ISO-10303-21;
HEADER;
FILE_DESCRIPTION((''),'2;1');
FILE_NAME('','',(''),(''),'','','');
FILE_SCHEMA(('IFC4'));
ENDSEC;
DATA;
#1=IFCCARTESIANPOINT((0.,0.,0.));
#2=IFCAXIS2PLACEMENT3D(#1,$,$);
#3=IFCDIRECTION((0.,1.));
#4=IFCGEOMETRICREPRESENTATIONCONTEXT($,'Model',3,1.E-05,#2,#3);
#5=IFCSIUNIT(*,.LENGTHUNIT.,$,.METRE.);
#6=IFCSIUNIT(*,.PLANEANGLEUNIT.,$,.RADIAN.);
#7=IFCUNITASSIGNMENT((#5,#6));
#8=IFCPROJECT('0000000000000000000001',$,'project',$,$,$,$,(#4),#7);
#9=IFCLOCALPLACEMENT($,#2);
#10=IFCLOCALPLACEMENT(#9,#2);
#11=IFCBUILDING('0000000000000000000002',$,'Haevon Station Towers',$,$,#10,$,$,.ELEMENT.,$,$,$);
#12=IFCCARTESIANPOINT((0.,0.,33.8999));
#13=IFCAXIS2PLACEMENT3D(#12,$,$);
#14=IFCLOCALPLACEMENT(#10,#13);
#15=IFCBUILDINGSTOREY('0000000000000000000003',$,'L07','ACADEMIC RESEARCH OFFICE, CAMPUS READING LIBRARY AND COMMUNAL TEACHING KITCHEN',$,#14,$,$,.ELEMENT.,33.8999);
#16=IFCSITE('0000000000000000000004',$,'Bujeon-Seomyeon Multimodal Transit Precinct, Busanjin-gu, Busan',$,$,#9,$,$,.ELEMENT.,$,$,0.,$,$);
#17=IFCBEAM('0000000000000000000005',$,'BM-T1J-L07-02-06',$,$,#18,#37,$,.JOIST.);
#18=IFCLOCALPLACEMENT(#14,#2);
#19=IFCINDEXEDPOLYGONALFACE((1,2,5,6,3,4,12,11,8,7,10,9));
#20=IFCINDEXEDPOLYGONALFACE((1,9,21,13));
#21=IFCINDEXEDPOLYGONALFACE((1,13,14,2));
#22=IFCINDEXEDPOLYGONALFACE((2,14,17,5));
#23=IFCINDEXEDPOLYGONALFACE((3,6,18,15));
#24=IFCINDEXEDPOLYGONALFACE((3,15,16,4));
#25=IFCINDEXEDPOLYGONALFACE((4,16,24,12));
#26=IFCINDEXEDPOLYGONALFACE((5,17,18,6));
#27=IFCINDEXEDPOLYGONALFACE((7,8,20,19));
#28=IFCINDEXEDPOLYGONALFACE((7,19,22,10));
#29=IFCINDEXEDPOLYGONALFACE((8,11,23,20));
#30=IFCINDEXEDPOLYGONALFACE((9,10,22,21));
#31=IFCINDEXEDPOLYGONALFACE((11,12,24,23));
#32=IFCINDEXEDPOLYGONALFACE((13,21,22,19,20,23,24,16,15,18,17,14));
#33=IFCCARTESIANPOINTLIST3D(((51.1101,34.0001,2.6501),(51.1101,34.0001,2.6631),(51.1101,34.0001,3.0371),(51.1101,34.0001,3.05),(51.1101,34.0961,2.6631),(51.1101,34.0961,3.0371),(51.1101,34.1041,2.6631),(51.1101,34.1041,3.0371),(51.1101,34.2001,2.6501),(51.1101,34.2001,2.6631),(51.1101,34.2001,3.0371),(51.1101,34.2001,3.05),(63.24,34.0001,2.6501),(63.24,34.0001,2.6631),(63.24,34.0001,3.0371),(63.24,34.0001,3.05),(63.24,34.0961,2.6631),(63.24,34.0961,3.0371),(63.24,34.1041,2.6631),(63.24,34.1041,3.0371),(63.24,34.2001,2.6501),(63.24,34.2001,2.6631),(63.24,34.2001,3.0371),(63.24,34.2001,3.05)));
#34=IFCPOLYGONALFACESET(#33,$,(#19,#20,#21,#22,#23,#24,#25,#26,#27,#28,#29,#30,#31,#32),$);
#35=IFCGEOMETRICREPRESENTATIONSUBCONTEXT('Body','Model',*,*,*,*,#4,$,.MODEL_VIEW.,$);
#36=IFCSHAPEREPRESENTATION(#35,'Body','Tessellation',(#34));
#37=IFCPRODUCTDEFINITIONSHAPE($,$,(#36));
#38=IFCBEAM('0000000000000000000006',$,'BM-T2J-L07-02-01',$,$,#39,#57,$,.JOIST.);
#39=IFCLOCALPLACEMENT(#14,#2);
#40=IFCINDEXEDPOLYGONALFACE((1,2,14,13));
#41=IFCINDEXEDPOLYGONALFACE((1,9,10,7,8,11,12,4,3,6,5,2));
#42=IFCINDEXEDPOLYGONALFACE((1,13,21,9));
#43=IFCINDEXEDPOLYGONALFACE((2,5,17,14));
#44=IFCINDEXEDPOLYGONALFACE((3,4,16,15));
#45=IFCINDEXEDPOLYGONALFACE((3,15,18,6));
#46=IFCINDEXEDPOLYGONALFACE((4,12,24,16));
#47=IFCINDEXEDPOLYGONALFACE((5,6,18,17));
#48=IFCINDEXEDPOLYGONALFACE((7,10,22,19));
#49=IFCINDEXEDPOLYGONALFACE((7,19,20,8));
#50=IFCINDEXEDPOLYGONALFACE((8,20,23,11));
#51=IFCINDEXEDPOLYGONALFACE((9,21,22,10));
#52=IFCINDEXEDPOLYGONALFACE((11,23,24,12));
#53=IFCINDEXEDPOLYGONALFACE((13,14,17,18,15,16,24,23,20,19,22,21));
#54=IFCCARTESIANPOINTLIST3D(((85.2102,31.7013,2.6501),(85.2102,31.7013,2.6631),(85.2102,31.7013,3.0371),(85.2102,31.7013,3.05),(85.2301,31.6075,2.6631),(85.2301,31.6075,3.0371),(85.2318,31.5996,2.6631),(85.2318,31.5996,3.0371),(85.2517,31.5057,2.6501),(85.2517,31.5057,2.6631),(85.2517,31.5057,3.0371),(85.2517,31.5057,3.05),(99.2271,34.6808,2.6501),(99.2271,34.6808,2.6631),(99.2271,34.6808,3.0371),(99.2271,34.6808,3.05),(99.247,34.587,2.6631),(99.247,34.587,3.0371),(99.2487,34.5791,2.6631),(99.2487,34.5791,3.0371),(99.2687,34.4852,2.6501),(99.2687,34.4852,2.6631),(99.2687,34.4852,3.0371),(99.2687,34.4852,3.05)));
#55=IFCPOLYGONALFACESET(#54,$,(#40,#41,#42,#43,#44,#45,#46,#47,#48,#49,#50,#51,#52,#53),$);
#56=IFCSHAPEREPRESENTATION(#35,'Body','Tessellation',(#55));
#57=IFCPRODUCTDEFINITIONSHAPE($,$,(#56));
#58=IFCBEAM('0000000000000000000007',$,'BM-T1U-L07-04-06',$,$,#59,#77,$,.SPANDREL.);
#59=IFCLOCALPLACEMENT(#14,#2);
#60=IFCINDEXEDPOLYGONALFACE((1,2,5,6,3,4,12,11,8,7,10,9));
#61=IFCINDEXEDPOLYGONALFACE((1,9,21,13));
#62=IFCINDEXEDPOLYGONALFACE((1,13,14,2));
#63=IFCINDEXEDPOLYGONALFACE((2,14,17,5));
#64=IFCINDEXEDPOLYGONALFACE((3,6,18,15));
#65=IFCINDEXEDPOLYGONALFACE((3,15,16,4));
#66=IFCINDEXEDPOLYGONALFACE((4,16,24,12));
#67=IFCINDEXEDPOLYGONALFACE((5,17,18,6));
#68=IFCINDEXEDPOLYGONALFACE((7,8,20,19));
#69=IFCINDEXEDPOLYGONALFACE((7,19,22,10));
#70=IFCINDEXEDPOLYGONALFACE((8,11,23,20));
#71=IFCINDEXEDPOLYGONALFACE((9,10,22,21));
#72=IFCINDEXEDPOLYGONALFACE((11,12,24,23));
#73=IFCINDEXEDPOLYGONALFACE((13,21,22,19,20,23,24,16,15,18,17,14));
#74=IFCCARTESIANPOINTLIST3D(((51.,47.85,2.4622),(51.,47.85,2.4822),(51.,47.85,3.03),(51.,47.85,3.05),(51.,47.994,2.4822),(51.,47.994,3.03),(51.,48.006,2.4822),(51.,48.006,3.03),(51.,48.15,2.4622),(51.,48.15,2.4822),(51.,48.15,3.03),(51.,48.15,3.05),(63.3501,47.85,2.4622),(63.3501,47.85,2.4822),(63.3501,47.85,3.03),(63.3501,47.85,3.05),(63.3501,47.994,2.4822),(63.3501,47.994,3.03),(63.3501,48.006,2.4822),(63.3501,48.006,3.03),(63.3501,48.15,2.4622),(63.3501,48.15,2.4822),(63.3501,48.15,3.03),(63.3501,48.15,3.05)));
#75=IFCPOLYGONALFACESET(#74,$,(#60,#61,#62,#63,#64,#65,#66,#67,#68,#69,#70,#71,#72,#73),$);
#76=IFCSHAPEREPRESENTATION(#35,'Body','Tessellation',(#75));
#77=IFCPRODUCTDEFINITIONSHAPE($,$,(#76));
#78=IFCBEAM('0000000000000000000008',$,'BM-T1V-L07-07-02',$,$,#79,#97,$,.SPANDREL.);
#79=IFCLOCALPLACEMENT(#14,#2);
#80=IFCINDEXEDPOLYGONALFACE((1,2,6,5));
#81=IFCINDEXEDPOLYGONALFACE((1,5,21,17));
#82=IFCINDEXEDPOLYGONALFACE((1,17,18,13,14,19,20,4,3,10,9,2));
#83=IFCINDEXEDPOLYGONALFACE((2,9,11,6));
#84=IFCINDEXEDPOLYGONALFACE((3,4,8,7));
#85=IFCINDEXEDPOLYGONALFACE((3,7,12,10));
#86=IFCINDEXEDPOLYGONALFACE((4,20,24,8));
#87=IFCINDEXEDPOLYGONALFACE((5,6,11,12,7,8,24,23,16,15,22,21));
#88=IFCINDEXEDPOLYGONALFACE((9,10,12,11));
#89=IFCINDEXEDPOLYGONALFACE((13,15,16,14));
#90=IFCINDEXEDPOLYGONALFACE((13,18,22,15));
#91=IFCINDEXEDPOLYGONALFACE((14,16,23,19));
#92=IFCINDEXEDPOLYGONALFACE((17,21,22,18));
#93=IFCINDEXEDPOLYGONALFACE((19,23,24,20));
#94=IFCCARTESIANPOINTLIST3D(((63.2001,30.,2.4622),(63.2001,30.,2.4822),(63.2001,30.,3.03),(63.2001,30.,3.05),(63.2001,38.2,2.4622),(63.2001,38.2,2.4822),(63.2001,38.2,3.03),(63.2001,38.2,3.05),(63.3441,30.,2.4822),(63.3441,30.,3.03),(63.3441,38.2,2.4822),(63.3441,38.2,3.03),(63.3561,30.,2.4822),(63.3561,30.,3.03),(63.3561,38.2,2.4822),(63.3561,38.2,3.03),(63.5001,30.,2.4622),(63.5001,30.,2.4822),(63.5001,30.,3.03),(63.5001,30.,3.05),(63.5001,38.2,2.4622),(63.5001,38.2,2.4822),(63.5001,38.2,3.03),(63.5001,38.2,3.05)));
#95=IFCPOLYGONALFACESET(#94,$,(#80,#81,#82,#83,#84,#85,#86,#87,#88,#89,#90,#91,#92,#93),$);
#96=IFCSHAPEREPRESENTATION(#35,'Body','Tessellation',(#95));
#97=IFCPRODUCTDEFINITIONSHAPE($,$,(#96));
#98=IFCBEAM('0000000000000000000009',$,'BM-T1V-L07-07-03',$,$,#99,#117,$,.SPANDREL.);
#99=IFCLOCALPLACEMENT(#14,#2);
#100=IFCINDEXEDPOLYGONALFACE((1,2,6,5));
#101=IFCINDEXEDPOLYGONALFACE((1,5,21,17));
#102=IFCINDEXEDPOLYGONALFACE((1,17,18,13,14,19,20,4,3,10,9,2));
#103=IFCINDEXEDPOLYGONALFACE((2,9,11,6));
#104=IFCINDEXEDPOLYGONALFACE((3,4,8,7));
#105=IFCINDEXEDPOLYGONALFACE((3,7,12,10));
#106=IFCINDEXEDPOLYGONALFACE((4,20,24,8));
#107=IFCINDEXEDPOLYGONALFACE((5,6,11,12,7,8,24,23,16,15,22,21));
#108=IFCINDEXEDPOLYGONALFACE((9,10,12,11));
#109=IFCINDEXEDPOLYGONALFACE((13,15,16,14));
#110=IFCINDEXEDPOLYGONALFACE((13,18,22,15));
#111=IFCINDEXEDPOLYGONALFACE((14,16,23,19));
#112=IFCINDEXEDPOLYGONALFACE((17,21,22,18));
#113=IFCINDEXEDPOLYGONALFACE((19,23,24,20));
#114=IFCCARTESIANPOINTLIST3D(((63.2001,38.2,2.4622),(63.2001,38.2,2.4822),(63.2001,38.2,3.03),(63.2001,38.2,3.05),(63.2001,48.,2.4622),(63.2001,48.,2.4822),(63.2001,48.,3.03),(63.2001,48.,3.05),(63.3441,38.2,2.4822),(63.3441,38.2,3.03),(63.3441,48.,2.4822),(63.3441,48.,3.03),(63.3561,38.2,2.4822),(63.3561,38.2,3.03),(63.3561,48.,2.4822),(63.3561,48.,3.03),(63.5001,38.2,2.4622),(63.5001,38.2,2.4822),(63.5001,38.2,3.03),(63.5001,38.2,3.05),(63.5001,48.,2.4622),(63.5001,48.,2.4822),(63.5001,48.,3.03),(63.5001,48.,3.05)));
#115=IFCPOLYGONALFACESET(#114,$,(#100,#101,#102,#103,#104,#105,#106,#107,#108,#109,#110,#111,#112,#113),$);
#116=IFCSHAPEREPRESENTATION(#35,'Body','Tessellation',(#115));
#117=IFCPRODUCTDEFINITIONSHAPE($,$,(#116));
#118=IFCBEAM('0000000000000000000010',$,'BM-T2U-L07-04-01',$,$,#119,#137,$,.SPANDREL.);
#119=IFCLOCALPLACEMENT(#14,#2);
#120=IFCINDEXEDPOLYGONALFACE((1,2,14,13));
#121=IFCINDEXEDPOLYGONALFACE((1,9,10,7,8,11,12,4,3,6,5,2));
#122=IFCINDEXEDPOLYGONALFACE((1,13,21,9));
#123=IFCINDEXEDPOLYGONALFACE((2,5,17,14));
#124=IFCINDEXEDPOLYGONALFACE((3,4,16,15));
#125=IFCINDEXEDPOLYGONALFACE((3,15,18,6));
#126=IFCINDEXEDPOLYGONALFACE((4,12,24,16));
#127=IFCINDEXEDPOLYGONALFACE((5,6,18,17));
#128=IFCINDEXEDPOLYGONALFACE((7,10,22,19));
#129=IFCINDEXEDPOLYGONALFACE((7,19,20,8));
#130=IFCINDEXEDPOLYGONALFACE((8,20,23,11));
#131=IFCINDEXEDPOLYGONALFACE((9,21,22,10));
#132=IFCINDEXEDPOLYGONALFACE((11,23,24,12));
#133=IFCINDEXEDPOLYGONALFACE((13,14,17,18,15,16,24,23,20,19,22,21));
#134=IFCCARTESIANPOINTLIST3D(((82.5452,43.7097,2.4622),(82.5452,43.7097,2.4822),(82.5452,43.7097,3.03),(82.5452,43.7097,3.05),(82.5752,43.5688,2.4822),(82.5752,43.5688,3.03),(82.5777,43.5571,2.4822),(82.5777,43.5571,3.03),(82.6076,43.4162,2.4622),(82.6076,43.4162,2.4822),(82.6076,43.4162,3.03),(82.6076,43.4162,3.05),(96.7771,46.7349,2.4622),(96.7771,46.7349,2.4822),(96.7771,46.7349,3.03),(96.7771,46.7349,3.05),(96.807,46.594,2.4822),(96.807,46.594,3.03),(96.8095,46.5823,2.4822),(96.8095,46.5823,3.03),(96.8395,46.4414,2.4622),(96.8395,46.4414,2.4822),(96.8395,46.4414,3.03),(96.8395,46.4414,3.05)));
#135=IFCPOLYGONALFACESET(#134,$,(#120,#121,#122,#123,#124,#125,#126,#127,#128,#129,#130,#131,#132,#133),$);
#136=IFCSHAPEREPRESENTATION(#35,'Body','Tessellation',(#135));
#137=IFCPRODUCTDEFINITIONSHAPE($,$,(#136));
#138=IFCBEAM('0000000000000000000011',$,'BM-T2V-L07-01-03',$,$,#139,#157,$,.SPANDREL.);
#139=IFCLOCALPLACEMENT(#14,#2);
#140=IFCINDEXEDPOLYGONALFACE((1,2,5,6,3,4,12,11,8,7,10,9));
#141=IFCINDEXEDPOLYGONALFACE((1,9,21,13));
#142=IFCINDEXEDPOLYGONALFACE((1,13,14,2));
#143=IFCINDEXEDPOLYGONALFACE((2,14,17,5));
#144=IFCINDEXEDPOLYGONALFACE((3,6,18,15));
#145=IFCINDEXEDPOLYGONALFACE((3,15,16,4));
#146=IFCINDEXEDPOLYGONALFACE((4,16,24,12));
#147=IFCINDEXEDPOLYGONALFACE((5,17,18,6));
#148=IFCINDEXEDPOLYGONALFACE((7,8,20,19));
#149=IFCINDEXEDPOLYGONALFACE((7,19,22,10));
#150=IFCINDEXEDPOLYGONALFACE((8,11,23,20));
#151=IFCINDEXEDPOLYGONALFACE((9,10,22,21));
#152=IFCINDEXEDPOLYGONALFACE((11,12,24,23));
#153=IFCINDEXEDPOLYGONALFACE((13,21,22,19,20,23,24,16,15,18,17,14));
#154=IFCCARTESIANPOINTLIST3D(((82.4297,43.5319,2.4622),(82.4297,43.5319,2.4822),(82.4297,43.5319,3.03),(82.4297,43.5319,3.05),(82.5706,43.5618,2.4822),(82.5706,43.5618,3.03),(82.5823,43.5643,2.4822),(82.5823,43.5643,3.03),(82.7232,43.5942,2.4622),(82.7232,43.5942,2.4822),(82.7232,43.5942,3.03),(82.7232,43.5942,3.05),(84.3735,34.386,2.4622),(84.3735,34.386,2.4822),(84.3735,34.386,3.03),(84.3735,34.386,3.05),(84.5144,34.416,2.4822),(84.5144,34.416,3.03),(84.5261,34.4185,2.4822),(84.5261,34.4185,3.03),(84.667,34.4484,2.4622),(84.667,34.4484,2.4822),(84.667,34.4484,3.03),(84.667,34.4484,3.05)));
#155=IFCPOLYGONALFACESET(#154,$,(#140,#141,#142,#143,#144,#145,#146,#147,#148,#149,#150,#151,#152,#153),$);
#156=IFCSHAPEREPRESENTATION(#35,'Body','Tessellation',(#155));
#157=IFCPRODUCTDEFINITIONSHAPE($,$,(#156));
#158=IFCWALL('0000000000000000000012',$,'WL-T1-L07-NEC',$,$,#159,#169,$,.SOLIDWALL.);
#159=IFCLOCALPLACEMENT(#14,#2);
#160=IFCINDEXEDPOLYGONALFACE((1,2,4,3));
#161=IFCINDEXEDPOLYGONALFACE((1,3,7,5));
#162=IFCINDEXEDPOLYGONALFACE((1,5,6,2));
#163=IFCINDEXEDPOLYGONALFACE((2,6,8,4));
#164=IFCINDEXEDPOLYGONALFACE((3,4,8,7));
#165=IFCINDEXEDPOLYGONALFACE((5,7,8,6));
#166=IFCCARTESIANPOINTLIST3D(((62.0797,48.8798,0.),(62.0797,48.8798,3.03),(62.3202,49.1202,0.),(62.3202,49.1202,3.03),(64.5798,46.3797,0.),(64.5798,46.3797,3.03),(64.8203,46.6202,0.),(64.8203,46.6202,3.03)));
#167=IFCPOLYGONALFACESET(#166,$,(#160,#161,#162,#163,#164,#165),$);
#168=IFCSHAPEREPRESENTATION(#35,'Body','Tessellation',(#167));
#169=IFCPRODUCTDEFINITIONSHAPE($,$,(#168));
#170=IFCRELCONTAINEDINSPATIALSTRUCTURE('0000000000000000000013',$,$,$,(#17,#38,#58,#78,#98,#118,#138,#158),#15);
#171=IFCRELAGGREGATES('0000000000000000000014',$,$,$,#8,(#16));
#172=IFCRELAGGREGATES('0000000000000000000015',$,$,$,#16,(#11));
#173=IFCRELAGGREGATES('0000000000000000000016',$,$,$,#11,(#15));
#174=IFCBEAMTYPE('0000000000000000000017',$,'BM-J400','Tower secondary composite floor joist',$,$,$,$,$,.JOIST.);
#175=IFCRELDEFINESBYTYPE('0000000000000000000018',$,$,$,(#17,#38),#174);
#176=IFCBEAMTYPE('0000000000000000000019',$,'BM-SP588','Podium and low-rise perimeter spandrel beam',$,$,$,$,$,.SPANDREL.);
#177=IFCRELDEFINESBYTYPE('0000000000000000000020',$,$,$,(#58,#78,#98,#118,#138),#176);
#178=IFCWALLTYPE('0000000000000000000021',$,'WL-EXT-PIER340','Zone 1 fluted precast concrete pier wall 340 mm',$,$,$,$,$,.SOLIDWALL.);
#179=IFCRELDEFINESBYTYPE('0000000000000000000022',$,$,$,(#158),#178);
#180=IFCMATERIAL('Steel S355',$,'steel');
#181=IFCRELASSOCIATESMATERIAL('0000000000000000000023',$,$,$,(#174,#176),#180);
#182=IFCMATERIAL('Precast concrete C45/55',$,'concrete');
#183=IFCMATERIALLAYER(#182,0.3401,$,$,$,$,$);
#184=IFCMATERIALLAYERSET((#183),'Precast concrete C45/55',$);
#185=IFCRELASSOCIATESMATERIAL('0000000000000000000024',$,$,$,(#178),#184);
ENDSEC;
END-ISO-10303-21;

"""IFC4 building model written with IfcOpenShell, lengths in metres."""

from ifc_helpers import new_model, si_unit, direction, frame, frame_2d, origin, origin_2d, place, context, subcontext, project, spatial, rectangle, i_section, extrude, material, layer, layer_set, material_profile, profile_set, type_object, element, save


model = new_model("IFC4")

# Units and contexts
model_context = context("Model", 3, precision=1e-05, world=origin(), true_north=direction((0.0, 1.0)))
body_context = subcontext(model_context, "Body", "Model", "MODEL_VIEW")
ifc_project = project(units=[si_unit("LENGTHUNIT", "METRE"), si_unit("PLANEANGLEUNIT", "RADIAN")], contexts=[model_context])

# Site, building, storey
site_placement = place(None, origin())
site = spatial("IfcSite", under=ifc_project, at=site_placement, Name="Bujeon-Seomyeon Multimodal Transit Precinct, Busanjin-gu, Busan", CompositionType="ELEMENT", RefElevation=0.0)
building_placement = place(site_placement, origin())
building = spatial("IfcBuilding", under=site, at=building_placement, Name="Haevon Station Towers", CompositionType="ELEMENT")
storey_placement = place(building_placement, frame((0.0, 0.0, 33.8999)))
storey = spatial("IfcBuildingStorey", under=building, at=storey_placement, Name="L07", Description="ACADEMIC RESEARCH OFFICE, CAMPUS READING LIBRARY AND COMMUNAL TEACHING KITCHEN", CompositionType="ELEMENT", Elevation=33.8999)

# Beams
ifc_material_1 = material(Name="Steel S355", Category="steel")
ifc_material_profile_1 = material_profile(ifc_material_1, i_section(OverallWidth=0.2, OverallDepth=0.3999, WebThickness=0.0081, FlangeThickness=0.0129, at=origin_2d()), Name="H-400x200x8x13")
ifc_profile_set_1 = profile_set([ifc_material_profile_1], Name="Steel S355")
beam_type_1 = type_object("IfcBeamType", Name="BM-J400", Description="Tower secondary composite floor joist", PredefinedType="JOIST", material=ifc_profile_set_1)
beam_1_placement = place(storey_placement, frame((51.1101, 34.1001, 2.8501), z_axis=(1.0, 0.0, 0.0), x_axis=(0.0, 1.0, 0.0)))
element("IfcBeam", 1, at=beam_1_placement, inside=storey, type_object=beam_type_1, Name="BM-T1J-L07-02-06", PredefinedType="JOIST", context=body_context, shape_type="SweptSolid", body=[
    extrude(i_section(OverallWidth=0.2, OverallDepth=0.3999, WebThickness=0.0081, FlangeThickness=0.0129, at=origin_2d()), origin(), (0.0, 0.0, 1.0), 12.1299),
])
beam_2_placement = place(storey_placement, frame((85.231, 31.6035, 2.8501), z_axis=(0.978146, 0.20792, 0.0), x_axis=(-0.20792, 0.978146, 0.0)))
element("IfcBeam", 2, at=beam_2_placement, inside=storey, type_object=beam_type_1, Name="BM-T2J-L07-02-01", PredefinedType="JOIST", context=body_context, shape_type="SweptSolid", body=[
    extrude(i_section(OverallWidth=0.2, OverallDepth=0.3999, WebThickness=0.0081, FlangeThickness=0.0129, at=origin_2d()), origin(), (0.0, 0.0, 1.0), 14.3301),
])
ifc_material_profile_2 = material_profile(ifc_material_1, i_section(OverallWidth=0.3, OverallDepth=0.5879, WebThickness=0.012, FlangeThickness=0.02, at=origin_2d()), Name="H-588x300x12x20")
ifc_profile_set_2 = profile_set([ifc_material_profile_2], Name="Steel S355")
beam_type_2 = type_object("IfcBeamType", Name="BM-SP588", Description="Podium and low-rise perimeter spandrel beam", PredefinedType="SPANDREL", material=ifc_profile_set_2)
beam_3_placement = place(storey_placement, frame((51.0, 48.0, 2.7561), z_axis=(1.0, 0.0, 0.0), x_axis=(0.0, 1.0, 0.0)))
element("IfcBeam", 3, at=beam_3_placement, inside=storey, type_object=beam_type_2, Name="BM-T1U-L07-04-06", PredefinedType="SPANDREL", context=body_context, shape_type="SweptSolid", body=[
    extrude(i_section(OverallWidth=0.3, OverallDepth=0.5879, WebThickness=0.012, FlangeThickness=0.02, at=origin_2d()), origin(), (0.0, 0.0, 1.0), 12.3501),
])
beam_4_placement = place(storey_placement, frame((63.3501, 30.0, 2.7561), z_axis=(0.0, 1.0, 0.0), x_axis=(-1.0, 0.0, 0.0)))
element("IfcBeam", 4, at=beam_4_placement, inside=storey, type_object=beam_type_2, Name="BM-T1V-L07-07-02", PredefinedType="SPANDREL", context=body_context, shape_type="SweptSolid", body=[
    extrude(i_section(OverallWidth=0.3, OverallDepth=0.5879, WebThickness=0.012, FlangeThickness=0.02, at=origin_2d()), origin(), (0.0, 0.0, 1.0), 8.2),
])
beam_5_placement = place(storey_placement, frame((63.3501, 38.2, 2.7561), z_axis=(0.0, 1.0, 0.0), x_axis=(-1.0, 0.0, 0.0)))
element("IfcBeam", 5, at=beam_5_placement, inside=storey, type_object=beam_type_2, Name="BM-T1V-L07-07-03", PredefinedType="SPANDREL", context=body_context, shape_type="SweptSolid", body=[
    extrude(i_section(OverallWidth=0.3, OverallDepth=0.5879, WebThickness=0.012, FlangeThickness=0.02, at=origin_2d()), origin(), (0.0, 0.0, 1.0), 9.8),
])
beam_6_placement = place(storey_placement, frame((82.5764, 43.563, 2.7561), z_axis=(0.978147, 0.207915, 0.0), x_axis=(-0.207915, 0.978147, 0.0)))
element("IfcBeam", 6, at=beam_6_placement, inside=storey, type_object=beam_type_2, Name="BM-T2U-L07-04-01", PredefinedType="SPANDREL", context=body_context, shape_type="SweptSolid", body=[
    extrude(i_section(OverallWidth=0.3, OverallDepth=0.5879, WebThickness=0.012, FlangeThickness=0.02, at=origin_2d()), origin(), (0.0, 0.0, 1.0), 14.5498),
])
beam_7_placement = place(storey_placement, frame((84.5203, 34.4172, 2.7561), z_axis=(-0.207897, 0.978151, 0.0), x_axis=(-0.978151, -0.207897, 0.0)))
element("IfcBeam", 7, at=beam_7_placement, inside=storey, type_object=beam_type_2, Name="BM-T2V-L07-01-03", PredefinedType="SPANDREL", context=body_context, shape_type="SweptSolid", body=[
    extrude(i_section(OverallWidth=0.3, OverallDepth=0.5879, WebThickness=0.012, FlangeThickness=0.02, at=origin_2d()), origin(), (0.0, 0.0, 1.0), 9.3501),
])

# Wall
ifc_material_2 = material(Name="Precast concrete C45/55", Category="concrete")
ifc_layer_1 = layer(ifc_material_2, 0.3401)
ifc_layer_set_1 = layer_set([ifc_layer_1], Name="Precast concrete C45/55")
wall_type_1 = type_object("IfcWallType", Name="WL-EXT-PIER340", Description="Zone 1 fluted precast concrete pier wall 340 mm", PredefinedType="SOLIDWALL", material=ifc_layer_set_1)
wall_1_placement = place(storey_placement, frame((62.2, 49.0, 0.0), z_axis=(0.0, 0.0, 1.0), x_axis=(0.707107, -0.707107, 0.0)))
element("IfcWall", 8, at=wall_1_placement, inside=storey, type_object=wall_type_1, Name="WL-T1-L07-NEC", PredefinedType="SOLIDWALL", context=body_context, shape_type="SweptSolid", body=[
    extrude(rectangle(XDim=3.5356, YDim=0.3401, at=frame_2d((1.7678, 0.0))), origin(), (0.0, 0.0, 1.0), 3.03),
])

save(model, "model.ifc")
